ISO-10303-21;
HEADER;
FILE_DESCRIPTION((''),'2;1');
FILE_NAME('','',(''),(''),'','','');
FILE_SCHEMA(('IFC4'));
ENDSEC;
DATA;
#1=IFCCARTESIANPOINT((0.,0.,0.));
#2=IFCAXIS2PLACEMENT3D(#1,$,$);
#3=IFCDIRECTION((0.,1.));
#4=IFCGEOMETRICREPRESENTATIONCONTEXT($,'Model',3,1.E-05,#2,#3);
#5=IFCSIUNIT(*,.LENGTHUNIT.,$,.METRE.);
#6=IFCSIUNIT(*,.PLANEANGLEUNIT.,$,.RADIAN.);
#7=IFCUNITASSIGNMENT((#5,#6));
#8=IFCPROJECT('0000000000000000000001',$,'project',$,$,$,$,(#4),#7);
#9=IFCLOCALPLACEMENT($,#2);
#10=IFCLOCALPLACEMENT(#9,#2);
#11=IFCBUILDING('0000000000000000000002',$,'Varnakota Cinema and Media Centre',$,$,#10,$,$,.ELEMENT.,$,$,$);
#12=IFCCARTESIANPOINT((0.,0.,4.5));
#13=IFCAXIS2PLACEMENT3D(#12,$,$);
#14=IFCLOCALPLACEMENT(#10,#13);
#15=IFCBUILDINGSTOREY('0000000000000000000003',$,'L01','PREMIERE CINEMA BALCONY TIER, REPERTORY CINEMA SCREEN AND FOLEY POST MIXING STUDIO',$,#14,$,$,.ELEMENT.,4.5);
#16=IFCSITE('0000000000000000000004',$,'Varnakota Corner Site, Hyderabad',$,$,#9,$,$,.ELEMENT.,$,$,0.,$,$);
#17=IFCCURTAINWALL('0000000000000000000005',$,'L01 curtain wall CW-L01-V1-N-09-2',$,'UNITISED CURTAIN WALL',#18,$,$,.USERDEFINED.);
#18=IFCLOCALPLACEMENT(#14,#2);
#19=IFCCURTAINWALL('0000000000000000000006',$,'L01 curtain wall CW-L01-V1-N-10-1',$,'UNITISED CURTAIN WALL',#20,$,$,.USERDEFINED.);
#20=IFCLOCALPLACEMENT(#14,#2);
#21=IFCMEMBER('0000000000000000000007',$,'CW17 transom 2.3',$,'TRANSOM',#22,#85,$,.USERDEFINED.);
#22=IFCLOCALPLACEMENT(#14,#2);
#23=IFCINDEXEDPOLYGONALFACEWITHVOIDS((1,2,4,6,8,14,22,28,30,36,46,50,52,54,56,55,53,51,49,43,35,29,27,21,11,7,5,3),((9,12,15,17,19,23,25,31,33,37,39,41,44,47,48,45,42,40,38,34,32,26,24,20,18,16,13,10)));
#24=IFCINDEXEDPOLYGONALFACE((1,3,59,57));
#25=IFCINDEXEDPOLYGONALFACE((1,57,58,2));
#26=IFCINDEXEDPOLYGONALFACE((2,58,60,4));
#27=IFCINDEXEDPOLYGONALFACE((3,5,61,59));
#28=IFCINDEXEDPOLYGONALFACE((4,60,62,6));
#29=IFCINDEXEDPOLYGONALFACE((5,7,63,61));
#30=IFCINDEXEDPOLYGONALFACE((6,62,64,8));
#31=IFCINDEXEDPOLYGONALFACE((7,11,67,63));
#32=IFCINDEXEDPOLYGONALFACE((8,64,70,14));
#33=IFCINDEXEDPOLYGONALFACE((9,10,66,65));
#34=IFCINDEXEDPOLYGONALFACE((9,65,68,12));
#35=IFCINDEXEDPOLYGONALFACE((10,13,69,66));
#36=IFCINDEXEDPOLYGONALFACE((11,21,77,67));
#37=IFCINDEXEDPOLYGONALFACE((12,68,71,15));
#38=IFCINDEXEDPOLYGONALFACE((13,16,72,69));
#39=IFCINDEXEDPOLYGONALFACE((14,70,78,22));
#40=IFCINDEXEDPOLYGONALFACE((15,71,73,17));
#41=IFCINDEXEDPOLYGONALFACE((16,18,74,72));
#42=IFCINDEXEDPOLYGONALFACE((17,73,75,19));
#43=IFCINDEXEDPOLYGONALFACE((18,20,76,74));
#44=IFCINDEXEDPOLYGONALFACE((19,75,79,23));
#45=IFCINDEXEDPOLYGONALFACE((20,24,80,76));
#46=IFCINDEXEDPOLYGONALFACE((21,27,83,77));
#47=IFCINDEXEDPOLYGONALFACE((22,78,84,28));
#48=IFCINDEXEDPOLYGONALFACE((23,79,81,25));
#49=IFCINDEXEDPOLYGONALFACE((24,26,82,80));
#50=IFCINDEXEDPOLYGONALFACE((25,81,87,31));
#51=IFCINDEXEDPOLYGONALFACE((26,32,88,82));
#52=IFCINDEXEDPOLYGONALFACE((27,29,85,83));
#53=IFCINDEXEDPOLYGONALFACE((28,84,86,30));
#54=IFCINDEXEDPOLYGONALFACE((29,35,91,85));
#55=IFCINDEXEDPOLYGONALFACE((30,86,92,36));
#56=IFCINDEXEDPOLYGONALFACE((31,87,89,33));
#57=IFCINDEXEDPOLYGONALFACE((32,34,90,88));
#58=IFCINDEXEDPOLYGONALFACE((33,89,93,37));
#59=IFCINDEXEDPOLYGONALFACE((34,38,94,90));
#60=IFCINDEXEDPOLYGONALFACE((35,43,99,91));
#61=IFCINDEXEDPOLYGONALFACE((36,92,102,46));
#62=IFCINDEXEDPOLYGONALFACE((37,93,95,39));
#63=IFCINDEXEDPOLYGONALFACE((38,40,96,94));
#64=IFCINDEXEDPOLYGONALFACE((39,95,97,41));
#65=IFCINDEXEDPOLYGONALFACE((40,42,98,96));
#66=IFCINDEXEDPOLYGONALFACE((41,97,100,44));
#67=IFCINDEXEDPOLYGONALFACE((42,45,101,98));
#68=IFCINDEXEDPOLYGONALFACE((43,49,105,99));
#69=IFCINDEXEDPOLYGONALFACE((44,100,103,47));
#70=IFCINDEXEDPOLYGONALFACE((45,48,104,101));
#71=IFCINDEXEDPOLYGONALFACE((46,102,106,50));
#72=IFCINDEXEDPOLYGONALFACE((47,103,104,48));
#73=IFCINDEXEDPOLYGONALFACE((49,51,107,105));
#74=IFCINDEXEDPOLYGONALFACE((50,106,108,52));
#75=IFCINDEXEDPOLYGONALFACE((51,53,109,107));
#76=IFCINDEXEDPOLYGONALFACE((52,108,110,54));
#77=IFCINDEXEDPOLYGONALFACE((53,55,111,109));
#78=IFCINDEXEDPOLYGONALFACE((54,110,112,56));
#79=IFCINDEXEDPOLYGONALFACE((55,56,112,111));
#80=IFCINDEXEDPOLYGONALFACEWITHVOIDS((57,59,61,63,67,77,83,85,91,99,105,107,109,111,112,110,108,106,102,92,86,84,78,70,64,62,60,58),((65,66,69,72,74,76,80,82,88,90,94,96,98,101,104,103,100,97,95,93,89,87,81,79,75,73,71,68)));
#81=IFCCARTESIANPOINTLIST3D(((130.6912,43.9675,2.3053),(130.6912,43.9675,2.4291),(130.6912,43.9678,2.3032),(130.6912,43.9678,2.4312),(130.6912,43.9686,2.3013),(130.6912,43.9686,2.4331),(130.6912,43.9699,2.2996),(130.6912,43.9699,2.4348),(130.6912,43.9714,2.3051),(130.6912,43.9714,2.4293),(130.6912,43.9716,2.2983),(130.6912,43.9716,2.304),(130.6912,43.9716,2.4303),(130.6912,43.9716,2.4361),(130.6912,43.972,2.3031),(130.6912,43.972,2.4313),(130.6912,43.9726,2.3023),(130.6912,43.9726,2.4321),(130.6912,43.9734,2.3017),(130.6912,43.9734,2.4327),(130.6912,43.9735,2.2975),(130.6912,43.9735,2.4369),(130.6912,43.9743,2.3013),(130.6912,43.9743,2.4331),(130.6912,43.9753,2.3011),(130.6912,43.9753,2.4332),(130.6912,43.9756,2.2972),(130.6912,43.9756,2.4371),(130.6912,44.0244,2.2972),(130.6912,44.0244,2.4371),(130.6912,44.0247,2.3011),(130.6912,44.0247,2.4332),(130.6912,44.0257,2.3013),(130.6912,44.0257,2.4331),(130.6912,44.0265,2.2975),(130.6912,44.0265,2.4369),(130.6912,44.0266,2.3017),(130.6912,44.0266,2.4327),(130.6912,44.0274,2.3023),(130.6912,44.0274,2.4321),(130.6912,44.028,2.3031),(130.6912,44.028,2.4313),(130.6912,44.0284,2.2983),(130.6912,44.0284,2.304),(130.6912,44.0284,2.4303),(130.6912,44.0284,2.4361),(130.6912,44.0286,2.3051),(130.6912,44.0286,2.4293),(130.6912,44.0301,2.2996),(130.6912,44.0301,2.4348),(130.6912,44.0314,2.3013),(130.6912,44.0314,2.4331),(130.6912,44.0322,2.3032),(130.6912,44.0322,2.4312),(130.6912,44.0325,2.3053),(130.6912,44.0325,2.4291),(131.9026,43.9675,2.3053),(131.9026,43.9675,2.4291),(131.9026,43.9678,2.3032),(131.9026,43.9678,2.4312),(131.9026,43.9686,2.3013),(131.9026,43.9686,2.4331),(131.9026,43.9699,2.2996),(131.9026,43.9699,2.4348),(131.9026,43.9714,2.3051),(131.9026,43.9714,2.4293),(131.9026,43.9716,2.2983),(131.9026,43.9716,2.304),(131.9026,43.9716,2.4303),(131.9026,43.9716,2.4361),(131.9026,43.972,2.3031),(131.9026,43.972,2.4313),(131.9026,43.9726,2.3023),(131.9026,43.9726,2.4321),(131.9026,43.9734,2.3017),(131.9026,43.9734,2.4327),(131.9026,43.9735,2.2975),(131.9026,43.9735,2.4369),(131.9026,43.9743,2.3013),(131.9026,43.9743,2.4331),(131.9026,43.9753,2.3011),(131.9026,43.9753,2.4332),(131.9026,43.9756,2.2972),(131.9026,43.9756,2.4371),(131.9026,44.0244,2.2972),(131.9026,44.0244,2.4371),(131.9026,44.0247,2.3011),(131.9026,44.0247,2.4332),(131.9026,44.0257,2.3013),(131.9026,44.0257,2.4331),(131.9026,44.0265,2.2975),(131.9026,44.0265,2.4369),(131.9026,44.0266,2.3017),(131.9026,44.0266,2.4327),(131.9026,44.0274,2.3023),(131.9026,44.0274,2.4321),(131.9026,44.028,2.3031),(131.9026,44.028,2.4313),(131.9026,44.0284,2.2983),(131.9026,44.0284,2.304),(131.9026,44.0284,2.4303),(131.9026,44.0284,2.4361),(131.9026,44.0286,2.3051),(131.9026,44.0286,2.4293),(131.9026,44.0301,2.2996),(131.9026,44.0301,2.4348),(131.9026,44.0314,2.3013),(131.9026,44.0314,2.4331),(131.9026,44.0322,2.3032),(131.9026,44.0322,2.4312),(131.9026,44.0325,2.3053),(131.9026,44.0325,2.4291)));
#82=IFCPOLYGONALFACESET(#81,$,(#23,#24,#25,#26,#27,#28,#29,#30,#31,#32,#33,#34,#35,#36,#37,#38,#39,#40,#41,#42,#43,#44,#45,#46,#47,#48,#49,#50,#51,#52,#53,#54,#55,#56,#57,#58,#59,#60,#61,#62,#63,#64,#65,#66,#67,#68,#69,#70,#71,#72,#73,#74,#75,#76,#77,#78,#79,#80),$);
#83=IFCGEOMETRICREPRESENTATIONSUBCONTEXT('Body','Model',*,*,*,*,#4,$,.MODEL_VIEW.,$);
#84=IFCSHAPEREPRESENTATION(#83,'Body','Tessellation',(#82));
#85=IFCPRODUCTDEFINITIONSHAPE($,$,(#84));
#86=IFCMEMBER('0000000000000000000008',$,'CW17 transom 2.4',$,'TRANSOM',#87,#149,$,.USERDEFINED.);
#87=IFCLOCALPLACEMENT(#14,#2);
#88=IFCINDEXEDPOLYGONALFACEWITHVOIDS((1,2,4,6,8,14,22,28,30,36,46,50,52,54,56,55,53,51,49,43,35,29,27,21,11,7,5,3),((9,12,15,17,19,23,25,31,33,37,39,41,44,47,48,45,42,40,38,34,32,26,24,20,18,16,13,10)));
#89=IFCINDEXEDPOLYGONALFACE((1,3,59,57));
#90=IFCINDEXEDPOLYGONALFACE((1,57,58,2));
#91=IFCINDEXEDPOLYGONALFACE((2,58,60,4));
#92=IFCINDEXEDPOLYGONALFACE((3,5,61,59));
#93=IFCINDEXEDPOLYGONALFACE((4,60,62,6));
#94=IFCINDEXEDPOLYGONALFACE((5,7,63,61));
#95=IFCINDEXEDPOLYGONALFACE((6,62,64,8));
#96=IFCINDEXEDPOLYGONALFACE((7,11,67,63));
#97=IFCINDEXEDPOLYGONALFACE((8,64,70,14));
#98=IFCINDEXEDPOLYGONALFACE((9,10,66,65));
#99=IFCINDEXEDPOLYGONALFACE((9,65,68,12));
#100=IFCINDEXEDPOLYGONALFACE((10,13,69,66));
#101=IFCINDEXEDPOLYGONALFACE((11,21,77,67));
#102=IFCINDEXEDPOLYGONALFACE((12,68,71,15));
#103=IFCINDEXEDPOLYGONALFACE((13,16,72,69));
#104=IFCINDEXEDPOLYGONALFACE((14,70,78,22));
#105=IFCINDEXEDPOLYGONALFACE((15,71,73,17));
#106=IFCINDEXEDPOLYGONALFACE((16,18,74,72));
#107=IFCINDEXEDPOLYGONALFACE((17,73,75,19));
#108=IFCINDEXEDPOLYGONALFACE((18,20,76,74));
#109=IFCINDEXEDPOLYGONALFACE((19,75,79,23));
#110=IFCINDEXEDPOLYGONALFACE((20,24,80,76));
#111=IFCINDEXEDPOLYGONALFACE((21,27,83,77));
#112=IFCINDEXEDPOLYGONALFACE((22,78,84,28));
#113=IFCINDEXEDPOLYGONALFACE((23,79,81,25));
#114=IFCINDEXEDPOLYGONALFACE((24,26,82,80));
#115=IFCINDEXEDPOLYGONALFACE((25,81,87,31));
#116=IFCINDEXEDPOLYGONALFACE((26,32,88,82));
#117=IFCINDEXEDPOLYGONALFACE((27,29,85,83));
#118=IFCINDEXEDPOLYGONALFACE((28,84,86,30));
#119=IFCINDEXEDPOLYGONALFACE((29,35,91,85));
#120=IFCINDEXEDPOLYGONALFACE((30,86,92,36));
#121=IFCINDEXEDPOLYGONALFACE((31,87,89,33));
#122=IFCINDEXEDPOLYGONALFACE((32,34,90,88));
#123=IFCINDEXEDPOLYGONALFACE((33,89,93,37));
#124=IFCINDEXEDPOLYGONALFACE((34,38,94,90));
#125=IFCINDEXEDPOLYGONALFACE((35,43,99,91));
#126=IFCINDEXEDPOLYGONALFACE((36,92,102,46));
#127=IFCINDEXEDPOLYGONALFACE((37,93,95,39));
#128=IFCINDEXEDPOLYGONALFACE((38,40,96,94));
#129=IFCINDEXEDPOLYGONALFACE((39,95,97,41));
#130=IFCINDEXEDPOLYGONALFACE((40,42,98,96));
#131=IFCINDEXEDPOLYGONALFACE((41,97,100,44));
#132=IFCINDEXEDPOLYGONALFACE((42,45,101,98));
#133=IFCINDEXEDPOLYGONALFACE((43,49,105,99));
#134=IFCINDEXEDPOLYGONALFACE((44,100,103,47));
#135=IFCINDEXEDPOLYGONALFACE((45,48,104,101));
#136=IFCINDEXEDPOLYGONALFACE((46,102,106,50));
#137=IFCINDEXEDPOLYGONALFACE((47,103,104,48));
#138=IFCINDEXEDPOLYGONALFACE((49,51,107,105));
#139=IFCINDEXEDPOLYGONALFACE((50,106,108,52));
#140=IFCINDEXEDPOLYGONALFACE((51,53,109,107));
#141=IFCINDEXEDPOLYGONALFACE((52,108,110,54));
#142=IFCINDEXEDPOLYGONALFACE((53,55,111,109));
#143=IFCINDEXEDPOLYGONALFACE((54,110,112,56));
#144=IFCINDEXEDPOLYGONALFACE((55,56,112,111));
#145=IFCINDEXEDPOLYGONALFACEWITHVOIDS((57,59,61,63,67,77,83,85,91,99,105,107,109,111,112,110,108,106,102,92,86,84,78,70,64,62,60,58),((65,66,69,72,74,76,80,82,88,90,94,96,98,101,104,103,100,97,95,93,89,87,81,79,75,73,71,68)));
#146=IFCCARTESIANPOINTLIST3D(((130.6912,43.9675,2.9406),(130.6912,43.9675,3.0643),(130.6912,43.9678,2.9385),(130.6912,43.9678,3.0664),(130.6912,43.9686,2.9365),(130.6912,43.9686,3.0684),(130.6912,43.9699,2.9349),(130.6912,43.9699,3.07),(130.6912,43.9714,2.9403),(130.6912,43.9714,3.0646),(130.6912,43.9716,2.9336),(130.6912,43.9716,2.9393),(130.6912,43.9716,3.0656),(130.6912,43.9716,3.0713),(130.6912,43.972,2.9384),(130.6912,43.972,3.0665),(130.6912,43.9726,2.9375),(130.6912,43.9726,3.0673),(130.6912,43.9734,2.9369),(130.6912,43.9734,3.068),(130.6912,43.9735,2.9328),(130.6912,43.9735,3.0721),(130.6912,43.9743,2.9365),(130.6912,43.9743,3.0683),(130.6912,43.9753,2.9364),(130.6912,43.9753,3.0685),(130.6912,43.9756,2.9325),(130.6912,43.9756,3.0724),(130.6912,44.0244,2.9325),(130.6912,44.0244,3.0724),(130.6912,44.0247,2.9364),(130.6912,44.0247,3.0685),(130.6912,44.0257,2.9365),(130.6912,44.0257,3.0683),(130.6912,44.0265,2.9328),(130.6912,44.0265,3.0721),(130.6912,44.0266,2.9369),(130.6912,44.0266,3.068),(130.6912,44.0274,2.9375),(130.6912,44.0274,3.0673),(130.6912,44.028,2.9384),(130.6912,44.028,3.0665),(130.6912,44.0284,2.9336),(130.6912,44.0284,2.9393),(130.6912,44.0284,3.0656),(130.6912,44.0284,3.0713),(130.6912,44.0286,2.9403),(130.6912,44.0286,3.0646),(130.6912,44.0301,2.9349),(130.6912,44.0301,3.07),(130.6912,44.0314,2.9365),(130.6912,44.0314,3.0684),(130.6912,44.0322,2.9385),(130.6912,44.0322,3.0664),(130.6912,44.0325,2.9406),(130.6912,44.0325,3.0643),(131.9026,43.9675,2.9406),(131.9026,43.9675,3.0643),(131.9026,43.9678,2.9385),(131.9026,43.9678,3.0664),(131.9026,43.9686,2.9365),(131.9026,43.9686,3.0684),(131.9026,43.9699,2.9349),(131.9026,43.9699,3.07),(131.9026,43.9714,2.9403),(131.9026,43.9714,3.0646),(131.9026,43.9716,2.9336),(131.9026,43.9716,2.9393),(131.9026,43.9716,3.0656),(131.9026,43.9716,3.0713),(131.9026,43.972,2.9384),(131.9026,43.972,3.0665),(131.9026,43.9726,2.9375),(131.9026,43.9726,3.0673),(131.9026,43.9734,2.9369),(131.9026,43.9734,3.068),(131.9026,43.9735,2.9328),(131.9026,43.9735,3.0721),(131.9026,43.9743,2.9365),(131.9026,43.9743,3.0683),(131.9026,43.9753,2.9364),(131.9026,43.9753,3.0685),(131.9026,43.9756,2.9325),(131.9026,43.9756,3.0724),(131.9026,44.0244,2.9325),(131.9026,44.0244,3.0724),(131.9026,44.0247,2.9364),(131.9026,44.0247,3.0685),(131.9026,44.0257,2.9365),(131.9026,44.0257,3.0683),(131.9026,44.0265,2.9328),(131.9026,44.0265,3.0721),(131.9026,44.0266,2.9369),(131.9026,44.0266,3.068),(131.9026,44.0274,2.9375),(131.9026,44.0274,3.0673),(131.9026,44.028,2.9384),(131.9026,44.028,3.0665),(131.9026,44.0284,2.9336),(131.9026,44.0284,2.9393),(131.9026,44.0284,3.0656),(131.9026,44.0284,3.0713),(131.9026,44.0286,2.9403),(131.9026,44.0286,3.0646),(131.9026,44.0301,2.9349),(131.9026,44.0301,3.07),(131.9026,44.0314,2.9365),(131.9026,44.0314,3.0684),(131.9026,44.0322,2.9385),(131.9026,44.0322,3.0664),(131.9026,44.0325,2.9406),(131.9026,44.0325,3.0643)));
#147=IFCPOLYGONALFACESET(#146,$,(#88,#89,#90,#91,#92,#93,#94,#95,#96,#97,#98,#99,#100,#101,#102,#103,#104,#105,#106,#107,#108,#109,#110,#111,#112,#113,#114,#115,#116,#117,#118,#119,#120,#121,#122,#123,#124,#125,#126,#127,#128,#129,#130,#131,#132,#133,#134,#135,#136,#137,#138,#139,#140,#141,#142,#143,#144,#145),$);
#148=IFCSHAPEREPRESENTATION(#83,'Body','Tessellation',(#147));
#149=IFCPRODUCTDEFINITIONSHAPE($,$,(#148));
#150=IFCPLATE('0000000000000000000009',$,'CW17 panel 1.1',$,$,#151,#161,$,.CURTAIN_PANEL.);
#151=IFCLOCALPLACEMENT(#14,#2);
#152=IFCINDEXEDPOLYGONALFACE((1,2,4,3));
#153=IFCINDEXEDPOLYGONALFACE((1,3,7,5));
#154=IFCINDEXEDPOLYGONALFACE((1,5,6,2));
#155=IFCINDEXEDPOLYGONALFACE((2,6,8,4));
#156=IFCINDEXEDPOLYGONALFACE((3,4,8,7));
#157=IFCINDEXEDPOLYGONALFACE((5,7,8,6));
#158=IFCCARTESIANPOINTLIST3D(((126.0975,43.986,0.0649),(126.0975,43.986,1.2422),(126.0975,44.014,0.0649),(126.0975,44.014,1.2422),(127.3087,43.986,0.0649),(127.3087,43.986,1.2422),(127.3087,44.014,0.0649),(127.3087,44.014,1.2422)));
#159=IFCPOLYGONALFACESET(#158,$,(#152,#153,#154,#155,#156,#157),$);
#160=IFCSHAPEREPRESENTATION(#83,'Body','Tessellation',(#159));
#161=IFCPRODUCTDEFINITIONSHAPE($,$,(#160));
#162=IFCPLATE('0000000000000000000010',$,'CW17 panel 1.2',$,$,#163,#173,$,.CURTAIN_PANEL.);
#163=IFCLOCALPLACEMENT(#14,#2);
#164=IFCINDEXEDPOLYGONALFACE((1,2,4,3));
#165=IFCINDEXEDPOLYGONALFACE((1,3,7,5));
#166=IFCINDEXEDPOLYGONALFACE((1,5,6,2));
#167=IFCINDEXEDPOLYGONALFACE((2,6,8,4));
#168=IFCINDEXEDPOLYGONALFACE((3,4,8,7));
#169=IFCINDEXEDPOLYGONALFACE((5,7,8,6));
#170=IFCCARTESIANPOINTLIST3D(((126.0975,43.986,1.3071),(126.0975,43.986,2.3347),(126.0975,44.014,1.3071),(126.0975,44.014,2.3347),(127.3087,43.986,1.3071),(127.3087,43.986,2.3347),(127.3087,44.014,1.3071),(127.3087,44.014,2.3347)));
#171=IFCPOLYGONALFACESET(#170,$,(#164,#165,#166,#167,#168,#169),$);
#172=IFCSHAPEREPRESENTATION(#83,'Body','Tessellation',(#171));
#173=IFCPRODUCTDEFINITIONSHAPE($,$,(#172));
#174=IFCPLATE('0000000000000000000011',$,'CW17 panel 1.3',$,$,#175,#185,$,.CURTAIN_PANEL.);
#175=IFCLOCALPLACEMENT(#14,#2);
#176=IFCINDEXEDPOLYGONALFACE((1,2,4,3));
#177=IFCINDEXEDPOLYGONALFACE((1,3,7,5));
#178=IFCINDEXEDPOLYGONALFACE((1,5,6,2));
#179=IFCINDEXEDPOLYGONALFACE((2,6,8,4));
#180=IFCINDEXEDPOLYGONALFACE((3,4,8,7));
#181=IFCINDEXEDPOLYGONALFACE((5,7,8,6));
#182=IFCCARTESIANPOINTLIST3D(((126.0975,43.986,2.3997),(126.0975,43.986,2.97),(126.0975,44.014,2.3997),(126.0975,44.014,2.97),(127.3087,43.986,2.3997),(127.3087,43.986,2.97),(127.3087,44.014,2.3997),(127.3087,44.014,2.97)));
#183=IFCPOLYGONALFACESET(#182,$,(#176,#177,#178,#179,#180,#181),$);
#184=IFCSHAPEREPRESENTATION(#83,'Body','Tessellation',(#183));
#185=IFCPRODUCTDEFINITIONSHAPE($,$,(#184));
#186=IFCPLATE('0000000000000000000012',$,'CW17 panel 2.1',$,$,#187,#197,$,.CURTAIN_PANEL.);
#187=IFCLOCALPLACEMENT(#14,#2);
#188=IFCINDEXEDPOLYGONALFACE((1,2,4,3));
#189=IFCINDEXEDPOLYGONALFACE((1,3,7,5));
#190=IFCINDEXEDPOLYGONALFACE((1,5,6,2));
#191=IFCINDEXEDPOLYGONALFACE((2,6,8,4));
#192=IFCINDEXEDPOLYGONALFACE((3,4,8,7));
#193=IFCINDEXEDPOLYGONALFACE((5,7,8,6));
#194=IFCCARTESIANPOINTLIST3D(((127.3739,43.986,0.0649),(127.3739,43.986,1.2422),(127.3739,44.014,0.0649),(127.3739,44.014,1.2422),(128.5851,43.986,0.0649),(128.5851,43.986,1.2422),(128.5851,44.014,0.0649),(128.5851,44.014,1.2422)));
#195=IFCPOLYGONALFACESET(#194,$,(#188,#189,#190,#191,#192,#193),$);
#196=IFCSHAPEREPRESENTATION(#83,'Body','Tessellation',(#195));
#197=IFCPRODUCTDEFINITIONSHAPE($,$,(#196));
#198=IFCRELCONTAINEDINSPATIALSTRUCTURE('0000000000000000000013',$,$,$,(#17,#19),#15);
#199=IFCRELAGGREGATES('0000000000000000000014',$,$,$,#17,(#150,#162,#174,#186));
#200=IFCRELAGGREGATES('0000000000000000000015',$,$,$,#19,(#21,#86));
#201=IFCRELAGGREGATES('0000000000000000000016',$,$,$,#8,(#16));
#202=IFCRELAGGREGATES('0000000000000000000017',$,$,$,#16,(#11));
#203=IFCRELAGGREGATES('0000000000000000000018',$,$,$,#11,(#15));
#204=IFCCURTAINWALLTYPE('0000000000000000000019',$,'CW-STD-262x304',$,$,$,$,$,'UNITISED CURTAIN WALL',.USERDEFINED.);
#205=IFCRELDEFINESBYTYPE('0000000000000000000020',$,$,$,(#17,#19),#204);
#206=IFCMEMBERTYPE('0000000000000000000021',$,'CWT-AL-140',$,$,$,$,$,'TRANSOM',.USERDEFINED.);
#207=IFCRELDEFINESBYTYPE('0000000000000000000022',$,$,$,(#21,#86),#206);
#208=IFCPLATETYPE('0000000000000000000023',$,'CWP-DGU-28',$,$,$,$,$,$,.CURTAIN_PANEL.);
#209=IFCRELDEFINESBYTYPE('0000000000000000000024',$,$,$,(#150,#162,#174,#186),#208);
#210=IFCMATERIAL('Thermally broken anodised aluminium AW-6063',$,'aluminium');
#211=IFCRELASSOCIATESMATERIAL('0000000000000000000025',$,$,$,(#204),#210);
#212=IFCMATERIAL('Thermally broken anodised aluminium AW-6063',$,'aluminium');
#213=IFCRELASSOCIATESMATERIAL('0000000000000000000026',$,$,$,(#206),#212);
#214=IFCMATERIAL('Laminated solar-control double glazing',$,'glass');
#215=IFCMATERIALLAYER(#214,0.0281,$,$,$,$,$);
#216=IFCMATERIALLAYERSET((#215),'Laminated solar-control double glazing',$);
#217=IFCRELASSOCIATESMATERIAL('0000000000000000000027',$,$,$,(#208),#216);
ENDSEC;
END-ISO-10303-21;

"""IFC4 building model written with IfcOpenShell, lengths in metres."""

from ifc_helpers import new_model, si_unit, direction, frame, origin, origin_2d, place, context, subcontext, project, spatial, rectangle, hollow_rectangle, extrude, material, layer, layer_set, material_profile, profile_set, type_object, element, aggregate, save


model = new_model("IFC4")

# Units and contexts
model_context = context("Model", 3, precision=1e-05, world=origin(), true_north=direction((0.0, 1.0)))
body_context = subcontext(model_context, "Body", "Model", "MODEL_VIEW")
ifc_project = project(units=[si_unit("LENGTHUNIT", "METRE"), si_unit("PLANEANGLEUNIT", "RADIAN")], contexts=[model_context])

# Site, building, storey
site_placement = place(None, origin())
site = spatial("IfcSite", under=ifc_project, at=site_placement, Name="Varnakota Corner Site, Hyderabad", CompositionType="ELEMENT", RefElevation=0.0)
building_placement = place(site_placement, origin())
building = spatial("IfcBuilding", under=site, at=building_placement, Name="Varnakota Cinema and Media Centre", CompositionType="ELEMENT")
storey_placement = place(building_placement, frame((0.0, 0.0, 4.5)))
storey = spatial("IfcBuildingStorey", under=building, at=storey_placement, Name="L01", Description="PREMIERE CINEMA BALCONY TIER, REPERTORY CINEMA SCREEN AND FOLEY POST MIXING STUDIO", CompositionType="ELEMENT", Elevation=4.5)

# Curtain walls
ifc_material_1 = material(Name="Thermally broken anodised aluminium AW-6063", Category="aluminium")
curtain_wall_type = type_object("IfcCurtainWallType", Name="CW-STD-262x304", ElementType="UNITISED CURTAIN WALL", PredefinedType="USERDEFINED", material=ifc_material_1)
curtain_wall_1_placement = place(storey_placement, origin())
curtain_wall_1 = element("IfcCurtainWall", 1, at=curtain_wall_1_placement, inside=storey, type_object=curtain_wall_type, Name="L01 curtain wall CW-L01-V1-N-09-2", ObjectType="UNITISED CURTAIN WALL", PredefinedType="USERDEFINED")
curtain_wall_2_placement = place(storey_placement, origin())
curtain_wall_2 = element("IfcCurtainWall", 2, at=curtain_wall_2_placement, inside=storey, type_object=curtain_wall_type, Name="L01 curtain wall CW-L01-V1-N-10-1", ObjectType="UNITISED CURTAIN WALL", PredefinedType="USERDEFINED")

# Members
ifc_material_2 = material(Name="Thermally broken anodised aluminium AW-6063", Category="aluminium")
ifc_material_profile_1 = material_profile(ifc_material_2, hollow_rectangle(XDim=0.0649, YDim=0.1399, WallThickness=0.0039, InnerFilletRadius=0.0039, OuterFilletRadius=0.0081, at=origin_2d()), Name="AL-TRANSOM 140x65x4")
ifc_profile_set_1 = profile_set([ifc_material_profile_1], Name="Thermally broken anodised aluminium AW-6063")
member_type_1 = type_object("IfcMemberType", Name="CWT-AL-140", ElementType="TRANSOM", PredefinedType="USERDEFINED", material=ifc_profile_set_1)
member_1_placement = place(storey_placement, frame((130.6912, 44.0, 2.3672), z_axis=(1.0, 0.0, 0.0), x_axis=(0.0, 1.0, 0.0)))
member_1 = element("IfcMember", 3, at=member_1_placement, type_object=member_type_1, Name="CW17 transom 2.3", ObjectType="TRANSOM", PredefinedType="USERDEFINED", context=body_context, shape_type="SweptSolid", body=[
    extrude(hollow_rectangle(XDim=0.0649, YDim=0.1399, WallThickness=0.0039, InnerFilletRadius=0.0039, OuterFilletRadius=0.0081, at=origin_2d()), origin(), (0.0, 0.0, 1.0), 1.2114),
])
member_2_placement = place(storey_placement, frame((130.6912, 44.0, 3.0024), z_axis=(1.0, 0.0, 0.0), x_axis=(0.0, 1.0, 0.0)))
member_2 = element("IfcMember", 4, at=member_2_placement, type_object=member_type_1, Name="CW17 transom 2.4", ObjectType="TRANSOM", PredefinedType="USERDEFINED", context=body_context, shape_type="SweptSolid", body=[
    extrude(hollow_rectangle(XDim=0.0649, YDim=0.1399, WallThickness=0.0039, InnerFilletRadius=0.0039, OuterFilletRadius=0.0081, at=origin_2d()), origin(), (0.0, 0.0, 1.0), 1.2114),
])

# Plates
ifc_material_3 = material(Name="Laminated solar-control double glazing", Category="glass")
ifc_layer = layer(ifc_material_3, 0.0281)
ifc_layer_set = layer_set([ifc_layer], Name="Laminated solar-control double glazing")
plate_type = type_object("IfcPlateType", Name="CWP-DGU-28", PredefinedType="CURTAIN_PANEL", material=ifc_layer_set)
plate_1_placement = place(storey_placement, frame((126.7031, 44.0, 0.0649), z_axis=(0.0, 0.0, 1.0), x_axis=(1.0, 0.0, 0.0)))
plate_1 = element("IfcPlate", 5, at=plate_1_placement, type_object=plate_type, Name="CW17 panel 1.1", PredefinedType="CURTAIN_PANEL", context=body_context, shape_type="SweptSolid", body=[
    extrude(rectangle(XDim=1.2112, YDim=0.0281, at=origin_2d()), origin(), (0.0, 0.0, 1.0), 1.1772),
])
plate_2_placement = place(storey_placement, frame((126.7031, 44.0, 1.3071), z_axis=(0.0, 0.0, 1.0), x_axis=(1.0, 0.0, 0.0)))
plate_2 = element("IfcPlate", 6, at=plate_2_placement, type_object=plate_type, Name="CW17 panel 1.2", PredefinedType="CURTAIN_PANEL", context=body_context, shape_type="SweptSolid", body=[
    extrude(rectangle(XDim=1.2112, YDim=0.0281, at=origin_2d()), origin(), (0.0, 0.0, 1.0), 1.0276),
])
plate_3_placement = place(storey_placement, frame((126.7031, 44.0, 2.3997), z_axis=(0.0, 0.0, 1.0), x_axis=(1.0, 0.0, 0.0)))
plate_3 = element("IfcPlate", 7, at=plate_3_placement, type_object=plate_type, Name="CW17 panel 1.3", PredefinedType="CURTAIN_PANEL", context=body_context, shape_type="SweptSolid", body=[
    extrude(rectangle(XDim=1.2112, YDim=0.0281, at=origin_2d()), origin(), (0.0, 0.0, 1.0), 0.5703),
])
plate_4_placement = place(storey_placement, frame((127.9795, 44.0, 0.0649), z_axis=(0.0, 0.0, 1.0), x_axis=(1.0, 0.0, 0.0)))
plate_4 = element("IfcPlate", 8, at=plate_4_placement, type_object=plate_type, Name="CW17 panel 2.1", PredefinedType="CURTAIN_PANEL", context=body_context, shape_type="SweptSolid", body=[
    extrude(rectangle(XDim=1.2112, YDim=0.0281, at=origin_2d()), origin(), (0.0, 0.0, 1.0), 1.1772),
])
aggregate(curtain_wall_1, [plate_1, plate_2, plate_3, plate_4])
aggregate(curtain_wall_2, [member_1, member_2])

save(model, "model.ifc")
